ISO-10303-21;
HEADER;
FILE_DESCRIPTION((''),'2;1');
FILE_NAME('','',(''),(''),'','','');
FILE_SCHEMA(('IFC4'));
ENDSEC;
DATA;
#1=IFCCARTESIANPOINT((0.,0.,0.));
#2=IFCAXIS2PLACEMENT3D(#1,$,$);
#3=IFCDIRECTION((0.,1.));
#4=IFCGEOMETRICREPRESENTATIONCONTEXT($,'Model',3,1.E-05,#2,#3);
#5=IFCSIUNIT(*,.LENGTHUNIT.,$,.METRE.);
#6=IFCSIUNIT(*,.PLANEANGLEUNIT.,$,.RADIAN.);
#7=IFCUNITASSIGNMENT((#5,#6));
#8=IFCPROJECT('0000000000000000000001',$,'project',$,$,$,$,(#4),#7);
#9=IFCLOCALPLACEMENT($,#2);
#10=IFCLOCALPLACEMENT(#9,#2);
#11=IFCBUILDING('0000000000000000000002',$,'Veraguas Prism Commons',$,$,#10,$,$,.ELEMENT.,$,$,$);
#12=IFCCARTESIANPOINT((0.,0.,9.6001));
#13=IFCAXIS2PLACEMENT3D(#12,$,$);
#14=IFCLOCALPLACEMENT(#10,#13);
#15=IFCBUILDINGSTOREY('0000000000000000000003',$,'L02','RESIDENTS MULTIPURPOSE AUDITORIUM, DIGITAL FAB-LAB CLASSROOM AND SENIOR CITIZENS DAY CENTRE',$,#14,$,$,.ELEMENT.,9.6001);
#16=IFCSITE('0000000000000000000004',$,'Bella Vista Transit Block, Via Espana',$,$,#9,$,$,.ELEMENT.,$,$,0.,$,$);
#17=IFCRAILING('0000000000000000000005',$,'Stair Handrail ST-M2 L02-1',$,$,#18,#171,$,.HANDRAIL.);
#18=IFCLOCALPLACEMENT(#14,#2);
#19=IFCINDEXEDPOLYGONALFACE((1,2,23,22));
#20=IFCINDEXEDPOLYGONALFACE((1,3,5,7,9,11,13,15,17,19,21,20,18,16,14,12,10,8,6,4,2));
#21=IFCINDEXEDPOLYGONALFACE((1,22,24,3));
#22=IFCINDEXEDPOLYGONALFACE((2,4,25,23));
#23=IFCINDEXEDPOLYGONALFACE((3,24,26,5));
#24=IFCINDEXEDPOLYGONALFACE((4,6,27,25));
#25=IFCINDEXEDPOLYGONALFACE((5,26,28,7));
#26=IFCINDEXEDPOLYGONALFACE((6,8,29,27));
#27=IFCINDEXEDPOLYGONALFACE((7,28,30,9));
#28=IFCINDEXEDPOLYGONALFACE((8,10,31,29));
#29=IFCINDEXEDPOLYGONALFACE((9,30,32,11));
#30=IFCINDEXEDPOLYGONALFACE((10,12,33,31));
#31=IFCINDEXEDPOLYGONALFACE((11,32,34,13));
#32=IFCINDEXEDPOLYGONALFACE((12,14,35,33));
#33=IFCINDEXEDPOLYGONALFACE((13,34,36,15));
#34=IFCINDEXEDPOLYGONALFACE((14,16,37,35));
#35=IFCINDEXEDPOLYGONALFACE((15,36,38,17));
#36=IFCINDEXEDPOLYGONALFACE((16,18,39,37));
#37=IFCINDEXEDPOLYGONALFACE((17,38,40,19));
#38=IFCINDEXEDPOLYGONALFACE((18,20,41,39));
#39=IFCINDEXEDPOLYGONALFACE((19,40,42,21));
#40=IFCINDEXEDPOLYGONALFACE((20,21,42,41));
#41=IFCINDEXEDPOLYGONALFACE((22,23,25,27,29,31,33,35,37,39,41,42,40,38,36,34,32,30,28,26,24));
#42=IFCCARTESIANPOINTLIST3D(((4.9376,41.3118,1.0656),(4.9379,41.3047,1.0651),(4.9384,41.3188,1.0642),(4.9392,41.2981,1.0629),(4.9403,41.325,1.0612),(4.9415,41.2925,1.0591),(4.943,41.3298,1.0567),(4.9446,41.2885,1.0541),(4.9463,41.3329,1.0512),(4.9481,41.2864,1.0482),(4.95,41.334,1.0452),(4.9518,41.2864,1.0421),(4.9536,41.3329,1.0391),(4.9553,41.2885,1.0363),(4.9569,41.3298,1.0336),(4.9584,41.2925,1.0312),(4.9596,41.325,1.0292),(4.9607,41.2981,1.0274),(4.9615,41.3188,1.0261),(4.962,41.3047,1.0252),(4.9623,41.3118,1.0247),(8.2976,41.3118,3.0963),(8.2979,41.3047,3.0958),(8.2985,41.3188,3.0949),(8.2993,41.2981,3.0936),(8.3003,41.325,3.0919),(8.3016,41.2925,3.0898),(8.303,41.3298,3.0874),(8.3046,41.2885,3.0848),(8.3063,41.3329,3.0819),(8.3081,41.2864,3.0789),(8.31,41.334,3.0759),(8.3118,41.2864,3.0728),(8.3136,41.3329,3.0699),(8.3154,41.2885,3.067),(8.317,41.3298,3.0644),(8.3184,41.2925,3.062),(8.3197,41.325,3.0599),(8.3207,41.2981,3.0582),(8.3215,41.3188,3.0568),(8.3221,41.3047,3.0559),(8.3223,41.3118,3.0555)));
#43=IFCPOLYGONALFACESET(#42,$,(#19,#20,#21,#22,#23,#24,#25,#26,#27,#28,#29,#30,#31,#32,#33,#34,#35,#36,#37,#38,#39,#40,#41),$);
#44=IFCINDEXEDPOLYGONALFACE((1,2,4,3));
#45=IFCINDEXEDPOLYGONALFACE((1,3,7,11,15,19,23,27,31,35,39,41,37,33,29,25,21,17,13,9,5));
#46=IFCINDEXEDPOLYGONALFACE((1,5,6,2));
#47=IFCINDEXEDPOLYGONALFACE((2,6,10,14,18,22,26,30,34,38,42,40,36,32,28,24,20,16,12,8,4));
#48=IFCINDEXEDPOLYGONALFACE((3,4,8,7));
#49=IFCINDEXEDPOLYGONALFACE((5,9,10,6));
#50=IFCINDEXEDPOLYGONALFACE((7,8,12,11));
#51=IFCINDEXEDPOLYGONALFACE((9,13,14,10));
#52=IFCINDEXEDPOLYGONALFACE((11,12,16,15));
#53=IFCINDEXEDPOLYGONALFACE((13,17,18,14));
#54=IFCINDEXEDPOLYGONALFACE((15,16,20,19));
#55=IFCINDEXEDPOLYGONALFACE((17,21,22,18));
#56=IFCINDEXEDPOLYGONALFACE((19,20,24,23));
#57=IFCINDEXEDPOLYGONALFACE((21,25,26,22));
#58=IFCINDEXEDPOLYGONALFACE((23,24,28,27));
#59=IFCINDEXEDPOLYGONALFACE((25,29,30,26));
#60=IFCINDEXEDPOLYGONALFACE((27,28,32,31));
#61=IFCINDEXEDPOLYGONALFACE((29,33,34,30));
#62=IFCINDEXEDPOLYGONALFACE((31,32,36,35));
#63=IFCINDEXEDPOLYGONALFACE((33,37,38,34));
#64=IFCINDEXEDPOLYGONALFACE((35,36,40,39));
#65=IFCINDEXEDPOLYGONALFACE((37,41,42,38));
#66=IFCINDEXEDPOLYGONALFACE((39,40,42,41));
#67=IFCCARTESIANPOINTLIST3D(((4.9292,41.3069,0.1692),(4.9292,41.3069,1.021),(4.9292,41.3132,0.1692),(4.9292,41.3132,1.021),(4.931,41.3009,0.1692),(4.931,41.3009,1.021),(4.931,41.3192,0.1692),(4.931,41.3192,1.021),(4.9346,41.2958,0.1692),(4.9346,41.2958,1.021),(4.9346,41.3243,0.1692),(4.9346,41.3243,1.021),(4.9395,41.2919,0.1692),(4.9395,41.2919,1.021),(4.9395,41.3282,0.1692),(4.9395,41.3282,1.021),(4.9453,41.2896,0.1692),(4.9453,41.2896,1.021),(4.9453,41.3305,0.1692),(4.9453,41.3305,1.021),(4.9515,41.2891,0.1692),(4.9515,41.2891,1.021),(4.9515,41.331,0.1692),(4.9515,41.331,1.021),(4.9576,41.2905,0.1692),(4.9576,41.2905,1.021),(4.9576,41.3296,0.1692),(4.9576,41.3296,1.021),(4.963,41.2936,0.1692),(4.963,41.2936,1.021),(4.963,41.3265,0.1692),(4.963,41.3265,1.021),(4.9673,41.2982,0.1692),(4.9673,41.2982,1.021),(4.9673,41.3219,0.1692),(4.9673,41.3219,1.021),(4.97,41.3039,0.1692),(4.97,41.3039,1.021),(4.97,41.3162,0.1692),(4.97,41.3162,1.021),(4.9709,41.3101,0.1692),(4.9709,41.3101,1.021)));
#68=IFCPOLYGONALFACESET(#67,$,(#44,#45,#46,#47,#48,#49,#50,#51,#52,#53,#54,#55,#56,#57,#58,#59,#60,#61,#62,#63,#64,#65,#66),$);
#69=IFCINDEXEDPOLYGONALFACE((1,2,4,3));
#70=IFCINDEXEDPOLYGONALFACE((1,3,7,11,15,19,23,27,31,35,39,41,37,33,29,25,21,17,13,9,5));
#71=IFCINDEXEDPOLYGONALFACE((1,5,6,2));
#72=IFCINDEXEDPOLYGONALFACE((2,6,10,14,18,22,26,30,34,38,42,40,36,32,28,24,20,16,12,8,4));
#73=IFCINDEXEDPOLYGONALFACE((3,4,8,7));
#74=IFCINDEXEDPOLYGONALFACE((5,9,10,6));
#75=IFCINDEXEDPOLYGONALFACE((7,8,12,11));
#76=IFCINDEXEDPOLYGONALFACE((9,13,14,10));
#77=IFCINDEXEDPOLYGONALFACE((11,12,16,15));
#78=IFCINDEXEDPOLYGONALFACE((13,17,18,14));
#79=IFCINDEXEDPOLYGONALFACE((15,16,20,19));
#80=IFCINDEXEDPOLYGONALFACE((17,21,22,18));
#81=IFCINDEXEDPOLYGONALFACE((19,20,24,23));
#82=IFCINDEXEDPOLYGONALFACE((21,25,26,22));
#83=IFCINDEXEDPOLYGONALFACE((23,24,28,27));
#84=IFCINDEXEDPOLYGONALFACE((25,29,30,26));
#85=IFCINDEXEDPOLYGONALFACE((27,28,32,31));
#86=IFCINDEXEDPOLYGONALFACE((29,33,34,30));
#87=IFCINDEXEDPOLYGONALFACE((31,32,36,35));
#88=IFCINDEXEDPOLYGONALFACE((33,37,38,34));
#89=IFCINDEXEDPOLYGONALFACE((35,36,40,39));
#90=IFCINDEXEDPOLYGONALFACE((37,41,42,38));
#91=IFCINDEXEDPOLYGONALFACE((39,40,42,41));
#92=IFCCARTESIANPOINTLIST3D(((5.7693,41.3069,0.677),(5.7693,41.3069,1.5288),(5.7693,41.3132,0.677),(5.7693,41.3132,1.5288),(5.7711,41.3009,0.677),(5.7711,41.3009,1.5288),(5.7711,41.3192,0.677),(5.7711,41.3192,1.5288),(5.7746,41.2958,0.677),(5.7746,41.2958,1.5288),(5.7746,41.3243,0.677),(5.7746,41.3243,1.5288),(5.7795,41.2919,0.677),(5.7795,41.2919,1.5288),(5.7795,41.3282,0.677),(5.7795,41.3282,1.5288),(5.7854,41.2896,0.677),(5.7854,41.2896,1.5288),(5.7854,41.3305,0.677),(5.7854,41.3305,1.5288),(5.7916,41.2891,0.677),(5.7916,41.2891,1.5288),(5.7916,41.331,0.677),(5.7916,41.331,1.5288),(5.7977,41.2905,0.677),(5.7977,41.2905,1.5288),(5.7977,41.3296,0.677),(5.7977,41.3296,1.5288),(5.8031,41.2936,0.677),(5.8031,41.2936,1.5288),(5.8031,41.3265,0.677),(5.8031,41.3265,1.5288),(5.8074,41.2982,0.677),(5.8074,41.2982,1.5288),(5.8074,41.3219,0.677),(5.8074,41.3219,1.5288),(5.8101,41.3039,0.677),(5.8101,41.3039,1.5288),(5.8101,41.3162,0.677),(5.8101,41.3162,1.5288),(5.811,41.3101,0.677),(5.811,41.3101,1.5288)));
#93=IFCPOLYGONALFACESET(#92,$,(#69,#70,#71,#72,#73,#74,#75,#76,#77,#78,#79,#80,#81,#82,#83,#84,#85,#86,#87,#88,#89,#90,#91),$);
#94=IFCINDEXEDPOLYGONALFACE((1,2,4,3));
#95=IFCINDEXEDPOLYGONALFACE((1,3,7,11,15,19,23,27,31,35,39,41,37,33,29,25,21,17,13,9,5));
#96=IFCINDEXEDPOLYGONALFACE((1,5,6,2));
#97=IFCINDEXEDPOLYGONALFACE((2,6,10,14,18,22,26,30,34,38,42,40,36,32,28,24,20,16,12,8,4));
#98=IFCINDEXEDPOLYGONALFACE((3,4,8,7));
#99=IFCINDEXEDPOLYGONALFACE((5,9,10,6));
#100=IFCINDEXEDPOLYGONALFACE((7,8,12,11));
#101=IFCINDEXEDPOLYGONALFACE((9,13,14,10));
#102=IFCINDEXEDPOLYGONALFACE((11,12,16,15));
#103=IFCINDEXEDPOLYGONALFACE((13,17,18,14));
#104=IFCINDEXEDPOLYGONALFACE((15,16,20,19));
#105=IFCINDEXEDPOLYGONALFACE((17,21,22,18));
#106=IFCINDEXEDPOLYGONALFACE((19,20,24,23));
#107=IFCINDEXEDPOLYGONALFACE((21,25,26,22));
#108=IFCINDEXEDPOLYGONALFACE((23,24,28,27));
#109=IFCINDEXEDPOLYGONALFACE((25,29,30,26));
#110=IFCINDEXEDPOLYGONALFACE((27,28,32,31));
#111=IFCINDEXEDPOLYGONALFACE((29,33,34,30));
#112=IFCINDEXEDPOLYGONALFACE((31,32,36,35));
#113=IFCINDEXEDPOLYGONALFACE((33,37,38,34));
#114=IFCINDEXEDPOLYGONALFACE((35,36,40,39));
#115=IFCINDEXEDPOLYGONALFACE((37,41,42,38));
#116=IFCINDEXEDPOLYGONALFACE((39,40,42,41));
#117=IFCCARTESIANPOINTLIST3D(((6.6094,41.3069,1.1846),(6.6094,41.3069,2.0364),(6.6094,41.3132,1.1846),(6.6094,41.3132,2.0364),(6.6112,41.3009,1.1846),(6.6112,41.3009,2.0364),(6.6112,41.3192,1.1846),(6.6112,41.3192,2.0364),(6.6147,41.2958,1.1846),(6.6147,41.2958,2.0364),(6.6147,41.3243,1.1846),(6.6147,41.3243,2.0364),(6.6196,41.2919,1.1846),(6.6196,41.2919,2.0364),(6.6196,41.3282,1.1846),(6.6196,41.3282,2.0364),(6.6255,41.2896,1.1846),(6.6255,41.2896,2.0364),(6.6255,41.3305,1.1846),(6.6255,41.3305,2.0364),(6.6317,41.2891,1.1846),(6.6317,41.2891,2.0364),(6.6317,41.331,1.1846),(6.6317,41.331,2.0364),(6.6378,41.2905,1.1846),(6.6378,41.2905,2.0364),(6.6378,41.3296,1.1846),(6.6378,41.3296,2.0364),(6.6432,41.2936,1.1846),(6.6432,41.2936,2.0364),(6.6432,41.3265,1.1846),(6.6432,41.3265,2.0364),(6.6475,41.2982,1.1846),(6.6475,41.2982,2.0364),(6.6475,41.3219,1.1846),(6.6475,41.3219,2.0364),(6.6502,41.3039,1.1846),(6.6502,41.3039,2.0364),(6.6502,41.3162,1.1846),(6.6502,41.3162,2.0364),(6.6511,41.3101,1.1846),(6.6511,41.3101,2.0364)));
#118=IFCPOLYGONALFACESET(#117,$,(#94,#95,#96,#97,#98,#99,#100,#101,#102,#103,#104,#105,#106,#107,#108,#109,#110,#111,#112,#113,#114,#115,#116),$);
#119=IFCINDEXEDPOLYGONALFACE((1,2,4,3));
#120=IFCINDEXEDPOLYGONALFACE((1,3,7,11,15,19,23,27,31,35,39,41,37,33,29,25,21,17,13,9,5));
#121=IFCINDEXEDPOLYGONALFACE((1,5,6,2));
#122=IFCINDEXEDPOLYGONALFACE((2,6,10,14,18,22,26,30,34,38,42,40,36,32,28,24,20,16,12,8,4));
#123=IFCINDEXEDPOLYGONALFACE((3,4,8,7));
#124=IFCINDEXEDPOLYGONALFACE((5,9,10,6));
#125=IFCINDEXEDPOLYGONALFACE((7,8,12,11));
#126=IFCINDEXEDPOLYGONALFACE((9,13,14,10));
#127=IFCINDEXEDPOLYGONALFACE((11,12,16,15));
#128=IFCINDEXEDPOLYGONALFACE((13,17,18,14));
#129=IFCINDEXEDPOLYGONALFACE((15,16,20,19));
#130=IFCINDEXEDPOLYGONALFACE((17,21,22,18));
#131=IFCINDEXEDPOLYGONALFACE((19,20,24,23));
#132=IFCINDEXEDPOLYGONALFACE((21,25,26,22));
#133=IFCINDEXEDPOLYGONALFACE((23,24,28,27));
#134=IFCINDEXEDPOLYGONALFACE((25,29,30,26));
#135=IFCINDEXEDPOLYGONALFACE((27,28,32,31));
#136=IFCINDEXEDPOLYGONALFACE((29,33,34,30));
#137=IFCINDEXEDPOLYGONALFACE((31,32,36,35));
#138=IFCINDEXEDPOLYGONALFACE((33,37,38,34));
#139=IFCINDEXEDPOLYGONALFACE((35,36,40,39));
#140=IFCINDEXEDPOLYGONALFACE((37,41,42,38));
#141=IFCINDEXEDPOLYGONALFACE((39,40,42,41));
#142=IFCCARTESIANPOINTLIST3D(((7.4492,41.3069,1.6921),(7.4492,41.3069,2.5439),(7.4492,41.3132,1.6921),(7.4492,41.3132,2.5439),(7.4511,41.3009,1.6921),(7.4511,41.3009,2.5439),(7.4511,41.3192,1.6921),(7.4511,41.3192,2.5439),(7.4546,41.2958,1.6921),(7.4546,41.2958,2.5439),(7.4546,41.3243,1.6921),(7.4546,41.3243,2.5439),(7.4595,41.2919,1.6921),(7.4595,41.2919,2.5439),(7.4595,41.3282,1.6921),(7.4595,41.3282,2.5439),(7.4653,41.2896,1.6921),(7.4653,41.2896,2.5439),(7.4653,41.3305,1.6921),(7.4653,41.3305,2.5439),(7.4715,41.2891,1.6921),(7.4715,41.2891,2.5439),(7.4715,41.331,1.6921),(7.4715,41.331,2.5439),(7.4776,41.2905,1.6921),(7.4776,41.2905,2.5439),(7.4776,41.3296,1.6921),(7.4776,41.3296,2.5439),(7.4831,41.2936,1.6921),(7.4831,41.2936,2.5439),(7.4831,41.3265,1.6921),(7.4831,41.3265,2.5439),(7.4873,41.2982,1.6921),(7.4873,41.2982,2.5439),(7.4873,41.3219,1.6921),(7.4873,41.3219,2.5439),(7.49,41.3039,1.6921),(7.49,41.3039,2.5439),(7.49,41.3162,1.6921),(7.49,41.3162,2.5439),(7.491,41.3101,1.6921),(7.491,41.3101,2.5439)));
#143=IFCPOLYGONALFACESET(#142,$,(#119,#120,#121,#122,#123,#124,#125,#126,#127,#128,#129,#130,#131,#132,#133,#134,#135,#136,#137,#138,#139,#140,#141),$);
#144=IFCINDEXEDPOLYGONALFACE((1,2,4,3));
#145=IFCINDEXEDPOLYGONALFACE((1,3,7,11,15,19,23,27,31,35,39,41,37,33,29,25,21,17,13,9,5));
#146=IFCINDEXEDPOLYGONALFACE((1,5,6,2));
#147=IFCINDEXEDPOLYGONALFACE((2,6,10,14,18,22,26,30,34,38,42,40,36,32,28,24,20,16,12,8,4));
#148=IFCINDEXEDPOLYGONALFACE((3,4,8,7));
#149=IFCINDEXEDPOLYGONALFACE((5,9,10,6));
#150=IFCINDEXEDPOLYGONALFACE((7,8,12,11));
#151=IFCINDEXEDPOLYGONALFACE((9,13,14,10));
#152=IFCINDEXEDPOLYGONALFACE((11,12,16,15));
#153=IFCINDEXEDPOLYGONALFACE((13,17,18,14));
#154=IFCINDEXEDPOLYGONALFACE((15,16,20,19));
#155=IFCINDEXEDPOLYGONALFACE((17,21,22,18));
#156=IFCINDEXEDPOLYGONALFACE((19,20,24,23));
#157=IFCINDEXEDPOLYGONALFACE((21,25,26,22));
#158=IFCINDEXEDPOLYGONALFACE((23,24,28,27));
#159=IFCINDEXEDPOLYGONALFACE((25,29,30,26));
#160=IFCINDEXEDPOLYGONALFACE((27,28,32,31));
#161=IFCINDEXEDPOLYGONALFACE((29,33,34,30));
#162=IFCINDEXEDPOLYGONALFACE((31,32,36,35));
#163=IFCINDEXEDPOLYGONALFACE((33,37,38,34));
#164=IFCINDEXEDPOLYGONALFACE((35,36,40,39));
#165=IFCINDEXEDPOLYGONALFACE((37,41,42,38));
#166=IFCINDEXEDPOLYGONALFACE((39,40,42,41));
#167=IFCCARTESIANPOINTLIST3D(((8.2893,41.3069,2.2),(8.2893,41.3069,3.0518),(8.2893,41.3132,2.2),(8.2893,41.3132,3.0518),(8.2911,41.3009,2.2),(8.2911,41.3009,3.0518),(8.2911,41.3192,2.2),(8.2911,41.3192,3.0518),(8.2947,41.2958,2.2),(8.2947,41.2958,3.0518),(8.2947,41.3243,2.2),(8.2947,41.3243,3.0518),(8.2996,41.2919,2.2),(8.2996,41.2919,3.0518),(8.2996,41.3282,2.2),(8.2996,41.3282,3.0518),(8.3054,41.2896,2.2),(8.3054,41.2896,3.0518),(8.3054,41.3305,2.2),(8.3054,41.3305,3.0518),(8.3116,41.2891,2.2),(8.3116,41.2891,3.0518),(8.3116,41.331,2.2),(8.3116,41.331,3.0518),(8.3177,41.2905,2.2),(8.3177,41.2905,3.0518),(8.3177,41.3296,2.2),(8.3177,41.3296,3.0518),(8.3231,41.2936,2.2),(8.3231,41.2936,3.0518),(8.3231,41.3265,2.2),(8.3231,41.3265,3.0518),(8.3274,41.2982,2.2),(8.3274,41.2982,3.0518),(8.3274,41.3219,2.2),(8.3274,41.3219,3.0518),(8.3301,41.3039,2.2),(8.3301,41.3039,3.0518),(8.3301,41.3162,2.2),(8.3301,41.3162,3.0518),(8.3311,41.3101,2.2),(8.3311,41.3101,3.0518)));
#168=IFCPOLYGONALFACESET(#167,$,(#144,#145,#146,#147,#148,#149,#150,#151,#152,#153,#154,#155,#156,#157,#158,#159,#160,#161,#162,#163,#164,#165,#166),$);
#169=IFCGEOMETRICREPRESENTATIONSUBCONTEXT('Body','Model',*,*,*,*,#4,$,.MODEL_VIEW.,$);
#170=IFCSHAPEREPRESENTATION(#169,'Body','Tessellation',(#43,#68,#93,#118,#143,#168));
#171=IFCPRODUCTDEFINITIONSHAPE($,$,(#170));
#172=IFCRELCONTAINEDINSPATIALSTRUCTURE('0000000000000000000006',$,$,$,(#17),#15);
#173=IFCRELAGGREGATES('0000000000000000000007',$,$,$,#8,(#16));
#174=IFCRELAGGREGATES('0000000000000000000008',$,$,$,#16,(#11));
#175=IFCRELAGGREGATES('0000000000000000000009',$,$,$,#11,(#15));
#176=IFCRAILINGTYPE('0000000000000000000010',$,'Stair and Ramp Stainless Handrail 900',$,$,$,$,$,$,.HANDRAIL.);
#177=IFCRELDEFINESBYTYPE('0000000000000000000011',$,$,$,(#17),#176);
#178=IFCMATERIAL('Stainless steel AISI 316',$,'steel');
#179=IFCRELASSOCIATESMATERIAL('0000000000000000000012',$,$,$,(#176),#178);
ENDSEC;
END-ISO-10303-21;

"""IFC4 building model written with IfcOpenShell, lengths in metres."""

from ifc_helpers import new_model, si_unit, direction, frame, origin, origin_2d, place, context, subcontext, project, spatial, circle, extrude, material, type_object, element, save


model = new_model("IFC4")

# Units and contexts
model_context = context("Model", 3, precision=1e-05, world=origin(), true_north=direction((0.0, 1.0)))
body_context = subcontext(model_context, "Body", "Model", "MODEL_VIEW")
ifc_project = project(units=[si_unit("LENGTHUNIT", "METRE"), si_unit("PLANEANGLEUNIT", "RADIAN")], contexts=[model_context])

# Site, building, storey
site_placement = place(None, origin())
site = spatial("IfcSite", under=ifc_project, at=site_placement, Name="Bella Vista Transit Block, Via Espana", CompositionType="ELEMENT", RefElevation=0.0)
building_placement = place(site_placement, origin())
building = spatial("IfcBuilding", under=site, at=building_placement, Name="Veraguas Prism Commons", CompositionType="ELEMENT")
storey_placement = place(building_placement, frame((0.0, 0.0, 9.6001)))
storey = spatial("IfcBuildingStorey", under=building, at=storey_placement, Name="L02", Description="RESIDENTS MULTIPURPOSE AUDITORIUM, DIGITAL FAB-LAB CLASSROOM AND SENIOR CITIZENS DAY CENTRE", CompositionType="ELEMENT", Elevation=9.6001)

# Railing
ifc_material_1 = material(Name="Stainless steel AISI 316", Category="steel")
railing_type_1 = type_object("IfcRailingType", Name="Stair and Ramp Stainless Handrail 900", PredefinedType="HANDRAIL", material=ifc_material_1)
railing_1_placement = place(storey_placement, frame((4.95, 41.3101, 0.1692)))
element("IfcRailing", 1, at=railing_1_placement, inside=storey, type_object=railing_type_1, Name="Stair Handrail ST-M2 L02-1", PredefinedType="HANDRAIL", context=body_context, shape_type="SweptSolid", body=[
    extrude(circle(Radius=0.0239, at=origin_2d()), frame((0.0, 0.0, 0.876), z_axis=(0.855837, 0.0, 0.517246), x_axis=(0.0, 1.0, 0.0)), (0.0, 0.0, 1.0), 3.926),
    extrude(circle(Radius=0.021, at=origin_2d()), origin(), (0.0, 0.0, 1.0), 0.8518),
    extrude(circle(Radius=0.021, at=origin_2d()), frame((0.8401, 0.0, 0.5078)), (0.0, 0.0, 1.0), 0.8518),
    extrude(circle(Radius=0.021, at=origin_2d()), frame((1.6802, 0.0, 1.0154)), (0.0, 0.0, 1.0), 0.8518),
    extrude(circle(Radius=0.021, at=origin_2d()), frame((2.52, 0.0, 1.5229)), (0.0, 0.0, 1.0), 0.8518),
    extrude(circle(Radius=0.021, at=origin_2d()), frame((3.3601, 0.0, 2.0308)), (0.0, 0.0, 1.0), 0.8518),
])

save(model, "model.ifc")
